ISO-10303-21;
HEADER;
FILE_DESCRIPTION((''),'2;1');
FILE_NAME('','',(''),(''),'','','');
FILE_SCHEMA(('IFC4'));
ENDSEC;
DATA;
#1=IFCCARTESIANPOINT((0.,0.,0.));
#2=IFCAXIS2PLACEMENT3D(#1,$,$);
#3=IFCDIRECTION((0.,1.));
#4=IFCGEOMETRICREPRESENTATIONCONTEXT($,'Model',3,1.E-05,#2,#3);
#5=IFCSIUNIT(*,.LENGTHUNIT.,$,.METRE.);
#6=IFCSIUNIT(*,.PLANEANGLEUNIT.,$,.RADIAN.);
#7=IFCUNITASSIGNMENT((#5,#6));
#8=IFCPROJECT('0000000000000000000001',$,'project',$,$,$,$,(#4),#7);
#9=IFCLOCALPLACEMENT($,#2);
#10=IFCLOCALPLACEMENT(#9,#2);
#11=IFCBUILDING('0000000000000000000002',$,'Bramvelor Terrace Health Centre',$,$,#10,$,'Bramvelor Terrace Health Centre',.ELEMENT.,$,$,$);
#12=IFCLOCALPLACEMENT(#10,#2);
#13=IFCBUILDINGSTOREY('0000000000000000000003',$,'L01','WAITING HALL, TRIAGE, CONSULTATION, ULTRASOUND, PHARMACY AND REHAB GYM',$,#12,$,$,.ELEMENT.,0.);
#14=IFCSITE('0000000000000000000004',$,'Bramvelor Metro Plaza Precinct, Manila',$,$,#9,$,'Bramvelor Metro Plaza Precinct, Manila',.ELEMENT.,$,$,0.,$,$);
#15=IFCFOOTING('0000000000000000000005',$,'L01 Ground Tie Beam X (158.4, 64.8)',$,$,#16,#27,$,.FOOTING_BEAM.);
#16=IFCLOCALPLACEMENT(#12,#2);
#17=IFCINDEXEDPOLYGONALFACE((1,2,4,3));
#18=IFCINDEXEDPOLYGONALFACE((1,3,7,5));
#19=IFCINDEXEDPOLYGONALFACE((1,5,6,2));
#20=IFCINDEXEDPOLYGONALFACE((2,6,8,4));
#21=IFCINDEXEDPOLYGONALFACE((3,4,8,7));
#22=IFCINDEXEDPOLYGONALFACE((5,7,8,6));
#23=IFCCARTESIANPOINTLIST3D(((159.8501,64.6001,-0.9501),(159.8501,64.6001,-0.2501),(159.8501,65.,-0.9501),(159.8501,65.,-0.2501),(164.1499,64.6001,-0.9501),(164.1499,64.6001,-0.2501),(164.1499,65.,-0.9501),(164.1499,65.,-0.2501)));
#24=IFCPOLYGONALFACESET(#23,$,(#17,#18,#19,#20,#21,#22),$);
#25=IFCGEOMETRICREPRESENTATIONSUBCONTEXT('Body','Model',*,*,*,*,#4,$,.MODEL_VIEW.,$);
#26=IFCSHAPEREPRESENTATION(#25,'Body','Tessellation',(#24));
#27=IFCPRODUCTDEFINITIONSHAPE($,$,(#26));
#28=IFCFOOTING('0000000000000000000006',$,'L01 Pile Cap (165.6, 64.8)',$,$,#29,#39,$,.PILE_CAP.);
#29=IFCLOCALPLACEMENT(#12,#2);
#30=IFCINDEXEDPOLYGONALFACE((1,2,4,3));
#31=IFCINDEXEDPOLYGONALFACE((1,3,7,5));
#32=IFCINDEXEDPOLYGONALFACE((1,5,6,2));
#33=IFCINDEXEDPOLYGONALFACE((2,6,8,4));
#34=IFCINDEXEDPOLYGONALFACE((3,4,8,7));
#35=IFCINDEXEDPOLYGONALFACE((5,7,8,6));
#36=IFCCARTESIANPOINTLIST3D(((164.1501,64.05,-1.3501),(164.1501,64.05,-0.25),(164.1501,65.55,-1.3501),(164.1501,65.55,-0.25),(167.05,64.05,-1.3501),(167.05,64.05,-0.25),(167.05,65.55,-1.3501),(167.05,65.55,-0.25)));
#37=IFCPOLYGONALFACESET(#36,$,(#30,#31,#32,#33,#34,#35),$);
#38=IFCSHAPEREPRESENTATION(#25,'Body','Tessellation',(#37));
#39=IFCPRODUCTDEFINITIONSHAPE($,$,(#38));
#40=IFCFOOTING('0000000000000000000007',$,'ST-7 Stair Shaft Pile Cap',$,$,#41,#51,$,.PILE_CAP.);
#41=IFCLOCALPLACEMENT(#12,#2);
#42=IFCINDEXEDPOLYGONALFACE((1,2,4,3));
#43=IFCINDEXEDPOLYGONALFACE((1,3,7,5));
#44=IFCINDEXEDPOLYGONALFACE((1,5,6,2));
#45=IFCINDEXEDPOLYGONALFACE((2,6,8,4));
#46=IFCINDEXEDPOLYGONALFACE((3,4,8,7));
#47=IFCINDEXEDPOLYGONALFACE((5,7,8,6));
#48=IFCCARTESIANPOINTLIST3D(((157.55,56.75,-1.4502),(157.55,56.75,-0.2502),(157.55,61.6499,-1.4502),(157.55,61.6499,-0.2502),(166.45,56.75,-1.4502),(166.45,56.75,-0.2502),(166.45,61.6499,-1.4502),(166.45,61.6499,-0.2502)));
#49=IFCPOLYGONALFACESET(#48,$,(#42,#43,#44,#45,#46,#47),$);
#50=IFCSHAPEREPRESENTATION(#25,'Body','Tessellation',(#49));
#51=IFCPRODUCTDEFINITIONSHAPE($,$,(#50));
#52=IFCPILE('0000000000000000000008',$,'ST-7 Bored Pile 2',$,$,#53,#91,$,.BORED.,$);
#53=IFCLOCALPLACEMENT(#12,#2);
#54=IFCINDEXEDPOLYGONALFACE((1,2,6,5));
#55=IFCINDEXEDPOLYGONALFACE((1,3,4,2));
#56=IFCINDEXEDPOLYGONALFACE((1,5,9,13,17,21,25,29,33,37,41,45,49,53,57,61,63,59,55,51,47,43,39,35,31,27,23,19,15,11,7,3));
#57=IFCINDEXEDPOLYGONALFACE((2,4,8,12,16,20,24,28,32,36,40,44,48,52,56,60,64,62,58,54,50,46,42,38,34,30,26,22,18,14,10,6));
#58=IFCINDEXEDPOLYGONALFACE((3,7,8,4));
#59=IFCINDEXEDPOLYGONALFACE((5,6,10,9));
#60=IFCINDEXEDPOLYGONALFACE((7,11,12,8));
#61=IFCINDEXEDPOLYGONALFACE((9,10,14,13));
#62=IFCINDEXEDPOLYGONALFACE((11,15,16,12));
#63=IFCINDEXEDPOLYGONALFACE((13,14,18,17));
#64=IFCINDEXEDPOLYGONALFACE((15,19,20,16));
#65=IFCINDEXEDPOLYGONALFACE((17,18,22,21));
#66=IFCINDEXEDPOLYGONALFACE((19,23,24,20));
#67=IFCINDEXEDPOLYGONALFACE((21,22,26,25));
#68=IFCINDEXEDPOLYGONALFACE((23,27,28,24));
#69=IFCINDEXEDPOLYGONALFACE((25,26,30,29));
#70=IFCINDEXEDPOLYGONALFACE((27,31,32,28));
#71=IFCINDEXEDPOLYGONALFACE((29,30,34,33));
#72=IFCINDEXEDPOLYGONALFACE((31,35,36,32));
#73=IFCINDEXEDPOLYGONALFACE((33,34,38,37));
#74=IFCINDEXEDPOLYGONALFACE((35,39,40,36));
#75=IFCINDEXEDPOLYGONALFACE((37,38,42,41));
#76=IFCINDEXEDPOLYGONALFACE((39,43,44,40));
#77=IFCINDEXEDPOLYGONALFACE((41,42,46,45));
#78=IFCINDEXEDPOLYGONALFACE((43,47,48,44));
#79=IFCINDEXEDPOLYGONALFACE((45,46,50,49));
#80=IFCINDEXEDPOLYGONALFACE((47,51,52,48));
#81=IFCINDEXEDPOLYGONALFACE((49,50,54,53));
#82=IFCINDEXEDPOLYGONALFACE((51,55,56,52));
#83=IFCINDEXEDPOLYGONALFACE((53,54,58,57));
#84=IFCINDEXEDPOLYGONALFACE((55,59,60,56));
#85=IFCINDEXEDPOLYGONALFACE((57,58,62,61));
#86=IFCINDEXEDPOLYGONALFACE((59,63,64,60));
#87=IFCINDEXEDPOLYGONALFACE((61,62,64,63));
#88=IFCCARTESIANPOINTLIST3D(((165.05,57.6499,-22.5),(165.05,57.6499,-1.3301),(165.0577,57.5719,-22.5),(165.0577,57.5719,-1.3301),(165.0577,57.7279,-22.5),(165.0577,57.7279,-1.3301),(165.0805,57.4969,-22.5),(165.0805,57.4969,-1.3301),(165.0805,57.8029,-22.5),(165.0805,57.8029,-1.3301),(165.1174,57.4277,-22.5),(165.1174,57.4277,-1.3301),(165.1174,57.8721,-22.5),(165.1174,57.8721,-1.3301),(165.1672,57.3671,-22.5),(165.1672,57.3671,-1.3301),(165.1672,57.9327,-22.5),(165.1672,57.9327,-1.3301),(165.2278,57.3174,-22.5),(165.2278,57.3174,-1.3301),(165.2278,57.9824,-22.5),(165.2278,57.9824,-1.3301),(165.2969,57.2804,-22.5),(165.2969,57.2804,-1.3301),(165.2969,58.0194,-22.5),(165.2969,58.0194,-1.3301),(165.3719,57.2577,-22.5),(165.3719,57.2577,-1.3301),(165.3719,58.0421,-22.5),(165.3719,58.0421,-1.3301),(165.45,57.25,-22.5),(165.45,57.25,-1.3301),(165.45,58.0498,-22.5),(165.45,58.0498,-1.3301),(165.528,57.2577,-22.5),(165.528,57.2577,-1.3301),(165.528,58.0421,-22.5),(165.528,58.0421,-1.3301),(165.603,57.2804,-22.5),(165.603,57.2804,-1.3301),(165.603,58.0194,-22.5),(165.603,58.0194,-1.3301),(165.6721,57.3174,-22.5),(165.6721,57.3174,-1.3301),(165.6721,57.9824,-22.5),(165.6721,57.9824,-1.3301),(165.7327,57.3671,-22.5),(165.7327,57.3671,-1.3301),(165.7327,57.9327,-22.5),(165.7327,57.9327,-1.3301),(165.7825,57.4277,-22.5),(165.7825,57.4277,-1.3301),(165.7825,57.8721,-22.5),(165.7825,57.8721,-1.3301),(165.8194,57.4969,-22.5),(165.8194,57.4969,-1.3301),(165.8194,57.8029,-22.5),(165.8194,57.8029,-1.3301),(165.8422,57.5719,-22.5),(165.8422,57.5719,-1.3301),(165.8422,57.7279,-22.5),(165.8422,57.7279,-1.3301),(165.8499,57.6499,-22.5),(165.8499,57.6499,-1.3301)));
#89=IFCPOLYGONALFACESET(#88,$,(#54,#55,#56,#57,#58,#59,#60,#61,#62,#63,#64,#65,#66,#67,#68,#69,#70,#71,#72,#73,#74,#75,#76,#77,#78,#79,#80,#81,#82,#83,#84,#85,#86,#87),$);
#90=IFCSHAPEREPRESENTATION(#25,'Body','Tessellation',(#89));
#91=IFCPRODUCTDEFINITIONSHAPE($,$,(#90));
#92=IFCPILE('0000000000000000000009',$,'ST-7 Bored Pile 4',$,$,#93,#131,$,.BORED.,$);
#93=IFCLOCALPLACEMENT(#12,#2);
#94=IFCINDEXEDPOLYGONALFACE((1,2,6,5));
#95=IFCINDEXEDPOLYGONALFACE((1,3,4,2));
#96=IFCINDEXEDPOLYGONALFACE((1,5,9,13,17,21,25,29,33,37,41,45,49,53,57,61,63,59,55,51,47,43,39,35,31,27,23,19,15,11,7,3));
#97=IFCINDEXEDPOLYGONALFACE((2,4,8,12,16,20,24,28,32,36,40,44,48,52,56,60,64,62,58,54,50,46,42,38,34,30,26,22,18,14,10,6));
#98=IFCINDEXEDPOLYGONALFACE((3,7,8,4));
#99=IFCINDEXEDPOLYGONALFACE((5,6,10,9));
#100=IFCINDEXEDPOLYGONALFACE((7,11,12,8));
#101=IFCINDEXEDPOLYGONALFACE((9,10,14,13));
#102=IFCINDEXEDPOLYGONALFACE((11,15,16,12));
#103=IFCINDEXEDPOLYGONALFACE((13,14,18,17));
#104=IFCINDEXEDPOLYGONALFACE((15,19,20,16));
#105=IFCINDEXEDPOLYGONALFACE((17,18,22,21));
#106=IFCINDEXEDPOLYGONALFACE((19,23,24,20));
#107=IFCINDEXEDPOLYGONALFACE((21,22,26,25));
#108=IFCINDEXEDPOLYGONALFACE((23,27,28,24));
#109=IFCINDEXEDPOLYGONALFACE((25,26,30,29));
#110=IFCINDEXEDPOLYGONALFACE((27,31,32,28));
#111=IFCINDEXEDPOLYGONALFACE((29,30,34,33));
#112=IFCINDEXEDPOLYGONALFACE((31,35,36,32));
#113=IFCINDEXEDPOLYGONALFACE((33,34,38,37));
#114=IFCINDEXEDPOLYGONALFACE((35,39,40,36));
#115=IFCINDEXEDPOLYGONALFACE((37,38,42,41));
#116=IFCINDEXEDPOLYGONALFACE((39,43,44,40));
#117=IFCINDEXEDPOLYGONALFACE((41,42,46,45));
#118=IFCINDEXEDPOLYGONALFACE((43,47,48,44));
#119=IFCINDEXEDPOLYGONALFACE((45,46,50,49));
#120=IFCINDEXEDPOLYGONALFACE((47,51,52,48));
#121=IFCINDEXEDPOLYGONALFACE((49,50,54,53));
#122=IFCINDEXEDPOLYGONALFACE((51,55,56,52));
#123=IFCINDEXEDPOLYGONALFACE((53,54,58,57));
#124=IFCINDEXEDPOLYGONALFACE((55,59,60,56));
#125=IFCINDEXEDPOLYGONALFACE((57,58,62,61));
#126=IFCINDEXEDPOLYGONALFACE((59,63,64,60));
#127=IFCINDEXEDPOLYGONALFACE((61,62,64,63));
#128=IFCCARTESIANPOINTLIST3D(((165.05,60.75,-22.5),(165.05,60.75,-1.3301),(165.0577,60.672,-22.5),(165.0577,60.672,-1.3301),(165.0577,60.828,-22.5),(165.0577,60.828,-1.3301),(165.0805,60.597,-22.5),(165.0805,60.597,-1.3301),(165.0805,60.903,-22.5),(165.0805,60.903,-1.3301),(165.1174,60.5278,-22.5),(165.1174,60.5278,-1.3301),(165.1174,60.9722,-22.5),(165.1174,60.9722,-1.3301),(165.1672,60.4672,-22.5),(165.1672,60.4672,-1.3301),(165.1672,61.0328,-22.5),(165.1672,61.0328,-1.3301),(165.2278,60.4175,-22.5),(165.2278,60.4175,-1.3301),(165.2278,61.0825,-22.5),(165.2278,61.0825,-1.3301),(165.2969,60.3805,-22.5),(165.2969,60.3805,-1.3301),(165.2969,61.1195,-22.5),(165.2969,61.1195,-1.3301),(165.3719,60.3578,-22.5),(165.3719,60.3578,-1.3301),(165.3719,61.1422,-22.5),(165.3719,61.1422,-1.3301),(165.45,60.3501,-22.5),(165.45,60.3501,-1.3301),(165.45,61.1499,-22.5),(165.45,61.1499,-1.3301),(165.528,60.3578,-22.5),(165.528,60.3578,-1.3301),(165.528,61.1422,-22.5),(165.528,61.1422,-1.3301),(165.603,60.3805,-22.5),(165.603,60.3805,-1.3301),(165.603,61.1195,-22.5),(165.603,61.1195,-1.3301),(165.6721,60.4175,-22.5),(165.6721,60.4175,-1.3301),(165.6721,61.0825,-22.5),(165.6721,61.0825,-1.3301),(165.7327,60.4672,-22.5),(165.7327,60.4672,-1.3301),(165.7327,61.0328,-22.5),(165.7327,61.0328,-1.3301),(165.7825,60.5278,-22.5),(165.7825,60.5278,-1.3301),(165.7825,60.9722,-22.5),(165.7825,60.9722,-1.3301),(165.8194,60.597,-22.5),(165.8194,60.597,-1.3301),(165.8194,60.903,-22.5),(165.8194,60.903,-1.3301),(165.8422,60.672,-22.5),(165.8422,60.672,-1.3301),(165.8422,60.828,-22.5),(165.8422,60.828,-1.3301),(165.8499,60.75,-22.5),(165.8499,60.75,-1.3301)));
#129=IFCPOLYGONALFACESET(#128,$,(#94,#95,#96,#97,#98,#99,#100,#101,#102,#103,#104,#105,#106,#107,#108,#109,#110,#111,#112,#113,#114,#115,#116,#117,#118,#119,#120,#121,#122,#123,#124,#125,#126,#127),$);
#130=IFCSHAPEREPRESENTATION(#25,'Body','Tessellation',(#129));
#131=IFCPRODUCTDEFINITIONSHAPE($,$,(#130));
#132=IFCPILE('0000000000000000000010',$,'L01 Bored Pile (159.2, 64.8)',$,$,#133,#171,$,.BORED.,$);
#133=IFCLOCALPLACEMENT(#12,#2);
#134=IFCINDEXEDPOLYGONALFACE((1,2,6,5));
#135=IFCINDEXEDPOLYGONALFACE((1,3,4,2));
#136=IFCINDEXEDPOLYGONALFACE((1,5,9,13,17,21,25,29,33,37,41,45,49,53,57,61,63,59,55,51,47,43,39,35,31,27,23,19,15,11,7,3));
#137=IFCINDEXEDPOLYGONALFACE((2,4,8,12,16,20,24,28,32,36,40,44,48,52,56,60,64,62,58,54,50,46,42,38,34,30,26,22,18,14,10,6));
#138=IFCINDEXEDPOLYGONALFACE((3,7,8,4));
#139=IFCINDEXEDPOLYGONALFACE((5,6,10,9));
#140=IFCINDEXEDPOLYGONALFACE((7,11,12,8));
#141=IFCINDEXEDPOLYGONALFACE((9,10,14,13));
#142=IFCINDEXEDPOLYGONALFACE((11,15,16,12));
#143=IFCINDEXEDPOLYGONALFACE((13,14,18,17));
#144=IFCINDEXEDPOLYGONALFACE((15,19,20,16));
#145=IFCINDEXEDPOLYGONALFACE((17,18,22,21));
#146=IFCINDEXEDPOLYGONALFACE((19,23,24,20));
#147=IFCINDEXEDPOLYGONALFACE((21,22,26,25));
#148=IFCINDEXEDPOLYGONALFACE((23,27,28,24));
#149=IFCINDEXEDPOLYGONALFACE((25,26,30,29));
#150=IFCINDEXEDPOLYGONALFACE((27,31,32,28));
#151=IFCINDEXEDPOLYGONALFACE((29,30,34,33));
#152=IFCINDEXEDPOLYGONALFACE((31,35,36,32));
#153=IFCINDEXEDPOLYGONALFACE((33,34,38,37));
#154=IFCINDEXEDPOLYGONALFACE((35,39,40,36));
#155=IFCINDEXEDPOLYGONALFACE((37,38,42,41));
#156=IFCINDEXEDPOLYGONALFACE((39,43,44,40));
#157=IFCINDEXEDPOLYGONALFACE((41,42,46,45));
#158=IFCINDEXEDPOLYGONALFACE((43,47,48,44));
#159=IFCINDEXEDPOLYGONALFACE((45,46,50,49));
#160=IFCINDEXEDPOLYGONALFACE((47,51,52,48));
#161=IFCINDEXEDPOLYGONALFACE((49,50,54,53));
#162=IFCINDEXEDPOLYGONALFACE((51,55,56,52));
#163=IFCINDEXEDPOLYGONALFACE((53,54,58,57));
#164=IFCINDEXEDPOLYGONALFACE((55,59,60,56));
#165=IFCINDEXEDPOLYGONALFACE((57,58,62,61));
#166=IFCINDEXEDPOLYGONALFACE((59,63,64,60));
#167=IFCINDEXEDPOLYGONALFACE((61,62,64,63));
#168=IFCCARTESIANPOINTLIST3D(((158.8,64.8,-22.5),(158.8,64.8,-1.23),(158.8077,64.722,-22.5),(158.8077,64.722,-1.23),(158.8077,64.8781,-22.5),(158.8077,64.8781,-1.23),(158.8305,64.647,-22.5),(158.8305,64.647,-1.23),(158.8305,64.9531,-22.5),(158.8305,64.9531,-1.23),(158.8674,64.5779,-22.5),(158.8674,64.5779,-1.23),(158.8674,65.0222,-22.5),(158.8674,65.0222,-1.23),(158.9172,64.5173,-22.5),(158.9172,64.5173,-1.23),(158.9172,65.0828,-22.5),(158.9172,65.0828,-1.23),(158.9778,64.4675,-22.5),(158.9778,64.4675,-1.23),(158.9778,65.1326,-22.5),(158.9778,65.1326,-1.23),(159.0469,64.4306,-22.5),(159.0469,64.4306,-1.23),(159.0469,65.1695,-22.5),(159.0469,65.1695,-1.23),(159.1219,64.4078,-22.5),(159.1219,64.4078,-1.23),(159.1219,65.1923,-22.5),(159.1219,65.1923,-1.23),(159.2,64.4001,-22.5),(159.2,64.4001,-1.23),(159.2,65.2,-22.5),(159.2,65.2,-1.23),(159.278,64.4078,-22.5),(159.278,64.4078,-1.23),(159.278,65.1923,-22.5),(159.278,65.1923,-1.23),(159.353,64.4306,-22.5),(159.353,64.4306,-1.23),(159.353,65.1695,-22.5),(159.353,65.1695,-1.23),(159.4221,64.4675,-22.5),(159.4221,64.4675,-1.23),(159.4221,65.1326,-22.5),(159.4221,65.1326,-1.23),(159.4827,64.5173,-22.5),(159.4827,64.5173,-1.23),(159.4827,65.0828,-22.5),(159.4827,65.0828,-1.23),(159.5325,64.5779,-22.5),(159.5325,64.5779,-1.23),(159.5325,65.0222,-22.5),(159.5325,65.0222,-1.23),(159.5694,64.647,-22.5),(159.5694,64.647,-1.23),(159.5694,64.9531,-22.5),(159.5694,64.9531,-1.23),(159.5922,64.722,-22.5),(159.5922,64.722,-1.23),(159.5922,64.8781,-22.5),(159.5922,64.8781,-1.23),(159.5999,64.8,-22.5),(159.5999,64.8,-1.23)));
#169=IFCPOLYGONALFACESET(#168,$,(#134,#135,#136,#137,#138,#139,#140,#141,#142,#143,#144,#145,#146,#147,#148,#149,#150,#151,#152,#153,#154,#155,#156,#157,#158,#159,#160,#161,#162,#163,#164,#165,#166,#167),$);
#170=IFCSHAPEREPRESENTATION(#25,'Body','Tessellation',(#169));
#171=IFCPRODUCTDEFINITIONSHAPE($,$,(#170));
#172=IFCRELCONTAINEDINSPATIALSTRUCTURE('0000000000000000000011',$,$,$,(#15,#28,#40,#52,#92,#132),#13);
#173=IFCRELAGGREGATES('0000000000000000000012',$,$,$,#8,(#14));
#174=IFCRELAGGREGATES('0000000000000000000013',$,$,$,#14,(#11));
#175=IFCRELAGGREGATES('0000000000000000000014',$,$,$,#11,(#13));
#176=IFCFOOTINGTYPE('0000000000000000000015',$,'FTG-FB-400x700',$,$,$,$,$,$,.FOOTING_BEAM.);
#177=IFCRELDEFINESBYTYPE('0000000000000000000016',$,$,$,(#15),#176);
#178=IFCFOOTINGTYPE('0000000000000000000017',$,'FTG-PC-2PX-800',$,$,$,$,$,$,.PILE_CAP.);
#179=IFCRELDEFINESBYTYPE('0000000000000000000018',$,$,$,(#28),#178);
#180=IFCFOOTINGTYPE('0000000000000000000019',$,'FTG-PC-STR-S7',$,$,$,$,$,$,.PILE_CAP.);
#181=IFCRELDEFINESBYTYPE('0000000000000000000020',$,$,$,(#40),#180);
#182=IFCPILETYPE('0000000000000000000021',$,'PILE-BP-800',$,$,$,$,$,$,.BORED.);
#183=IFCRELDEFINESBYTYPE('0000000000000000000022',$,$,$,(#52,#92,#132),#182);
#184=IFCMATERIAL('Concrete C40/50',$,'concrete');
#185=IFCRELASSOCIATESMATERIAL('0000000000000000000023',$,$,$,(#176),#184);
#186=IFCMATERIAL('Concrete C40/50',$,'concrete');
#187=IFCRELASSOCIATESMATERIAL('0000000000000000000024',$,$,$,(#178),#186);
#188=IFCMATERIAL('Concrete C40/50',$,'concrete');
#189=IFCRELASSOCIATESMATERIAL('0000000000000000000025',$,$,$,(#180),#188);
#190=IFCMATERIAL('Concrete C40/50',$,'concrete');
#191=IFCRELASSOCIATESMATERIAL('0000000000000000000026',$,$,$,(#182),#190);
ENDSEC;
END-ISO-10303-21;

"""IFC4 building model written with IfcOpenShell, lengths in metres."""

from ifc_helpers import new_model, si_unit, direction, frame, origin, origin_2d, place, context, subcontext, project, spatial, rectangle, circle, extrude, material, material_profile, profile_set, type_object, element, save


model = new_model("IFC4")

# Units and contexts
model_context = context("Model", 3, precision=1e-05, world=origin(), true_north=direction((0.0, 1.0)))
body_context = subcontext(model_context, "Body", "Model", "MODEL_VIEW")
ifc_project = project(units=[si_unit("LENGTHUNIT", "METRE"), si_unit("PLANEANGLEUNIT", "RADIAN")], contexts=[model_context])

# Site, building, storey
site_placement = place(None, origin())
site = spatial("IfcSite", under=ifc_project, at=site_placement, Name="Bramvelor Metro Plaza Precinct, Manila", LongName="Bramvelor Metro Plaza Precinct, Manila", CompositionType="ELEMENT", RefElevation=0.0)
building_placement = place(site_placement, origin())
building = spatial("IfcBuilding", under=site, at=building_placement, Name="Bramvelor Terrace Health Centre", LongName="Bramvelor Terrace Health Centre", CompositionType="ELEMENT")
storey_placement = place(building_placement, origin())
storey = spatial("IfcBuildingStorey", under=building, at=storey_placement, Name="L01", Description="WAITING HALL, TRIAGE, CONSULTATION, ULTRASOUND, PHARMACY AND REHAB GYM", CompositionType="ELEMENT", Elevation=0.0)

# Footings
ifc_material_1 = material(Name="Concrete C40/50", Category="concrete")
ifc_material_profile_1 = material_profile(ifc_material_1, rectangle(XDim=0.3999, YDim=0.7, at=origin_2d()), Name="RC 400x700")
ifc_profile_set_1 = profile_set([ifc_material_profile_1], Name="Concrete C40/50")
footing_type_1 = type_object("IfcFootingType", Name="FTG-FB-400x700", PredefinedType="FOOTING_BEAM", material=ifc_profile_set_1)
footing_1_placement = place(storey_placement, frame((159.8501, 64.8, -0.6001), z_axis=(1.0, 0.0, 0.0), x_axis=(0.0, 1.0, 0.0)))
element("IfcFooting", 1, at=footing_1_placement, inside=storey, type_object=footing_type_1, Name="L01 Ground Tie Beam X (158.4, 64.8)", PredefinedType="FOOTING_BEAM", context=body_context, shape_type="SweptSolid", body=[
    extrude(rectangle(XDim=0.3999, YDim=0.7, at=origin_2d()), origin(), (0.0, 0.0, 1.0), 4.2998),
])
ifc_material_2 = material(Name="Concrete C40/50", Category="concrete")
footing_type_2 = type_object("IfcFootingType", Name="FTG-PC-2PX-800", PredefinedType="PILE_CAP", material=ifc_material_2)
footing_2_placement = place(storey_placement, frame((165.6001, 64.8, -1.3501), z_axis=(0.0, 0.0, 1.0), x_axis=(1.0, 0.0, 0.0)))
element("IfcFooting", 2, at=footing_2_placement, inside=storey, type_object=footing_type_2, Name="L01 Pile Cap (165.6, 64.8)", PredefinedType="PILE_CAP", context=body_context, shape_type="SweptSolid", body=[
    extrude(rectangle(XDim=2.8999, YDim=1.5, at=origin_2d()), origin(), (0.0, 0.0, 1.0), 1.1001),
])
ifc_material_3 = material(Name="Concrete C40/50", Category="concrete")
footing_type_3 = type_object("IfcFootingType", Name="FTG-PC-STR-S7", PredefinedType="PILE_CAP", material=ifc_material_3)
footing_3_placement = place(storey_placement, frame((162.0, 59.2, -1.4502), z_axis=(0.0, 0.0, 1.0), x_axis=(1.0, 0.0, 0.0)))
element("IfcFooting", 3, at=footing_3_placement, inside=storey, type_object=footing_type_3, Name="ST-7 Stair Shaft Pile Cap", PredefinedType="PILE_CAP", context=body_context, shape_type="SweptSolid", body=[
    extrude(rectangle(XDim=8.8999, YDim=4.8999, at=origin_2d()), origin(), (0.0, 0.0, 1.0), 1.2),
])

# Piles
ifc_material_4 = material(Name="Concrete C40/50", Category="concrete")
ifc_material_profile_2 = material_profile(ifc_material_4, circle(Radius=0.3999, at=origin_2d()), Name="BP D800")
ifc_profile_set_2 = profile_set([ifc_material_profile_2], Name="Concrete C40/50")
pile_type = type_object("IfcPileType", Name="PILE-BP-800", PredefinedType="BORED", material=ifc_profile_set_2)
for number, where, z_axis, x_axis, name in (
    (4, (165.45, 57.6499, -1.3301), (0.0, 0.0, -1.0), (1.0, 0.0, 0.0), "ST-7 Bored Pile 2"),
    (5, (165.45, 60.75, -1.3301), (0.0, 0.0, -1.0), (1.0, 0.0, 0.0), "ST-7 Bored Pile 4"),
):
    element("IfcPile", number, at=place(storey_placement, frame(where, z_axis=z_axis, x_axis=x_axis)), inside=storey, type_object=pile_type, Name=name, PredefinedType="BORED", context=body_context, shape_type="SweptSolid", body=[
        extrude(circle(Radius=0.3999, at=origin_2d()), origin(), (0.0, 0.0, 1.0), 21.1699),
    ])
for number, where, z_axis, x_axis, name in (
    (6, (159.2, 64.8, -1.23), (0.0, 0.0, -1.0), (1.0, 0.0, 0.0), "L01 Bored Pile (159.2, 64.8)"),
):
    element("IfcPile", number, at=place(storey_placement, frame(where, z_axis=z_axis, x_axis=x_axis)), inside=storey, type_object=pile_type, Name=name, PredefinedType="BORED", context=body_context, shape_type="SweptSolid", body=[
        extrude(circle(Radius=0.3999, at=origin_2d()), origin(), (0.0, 0.0, 1.0), 21.27),
    ])

save(model, "model.ifc")
